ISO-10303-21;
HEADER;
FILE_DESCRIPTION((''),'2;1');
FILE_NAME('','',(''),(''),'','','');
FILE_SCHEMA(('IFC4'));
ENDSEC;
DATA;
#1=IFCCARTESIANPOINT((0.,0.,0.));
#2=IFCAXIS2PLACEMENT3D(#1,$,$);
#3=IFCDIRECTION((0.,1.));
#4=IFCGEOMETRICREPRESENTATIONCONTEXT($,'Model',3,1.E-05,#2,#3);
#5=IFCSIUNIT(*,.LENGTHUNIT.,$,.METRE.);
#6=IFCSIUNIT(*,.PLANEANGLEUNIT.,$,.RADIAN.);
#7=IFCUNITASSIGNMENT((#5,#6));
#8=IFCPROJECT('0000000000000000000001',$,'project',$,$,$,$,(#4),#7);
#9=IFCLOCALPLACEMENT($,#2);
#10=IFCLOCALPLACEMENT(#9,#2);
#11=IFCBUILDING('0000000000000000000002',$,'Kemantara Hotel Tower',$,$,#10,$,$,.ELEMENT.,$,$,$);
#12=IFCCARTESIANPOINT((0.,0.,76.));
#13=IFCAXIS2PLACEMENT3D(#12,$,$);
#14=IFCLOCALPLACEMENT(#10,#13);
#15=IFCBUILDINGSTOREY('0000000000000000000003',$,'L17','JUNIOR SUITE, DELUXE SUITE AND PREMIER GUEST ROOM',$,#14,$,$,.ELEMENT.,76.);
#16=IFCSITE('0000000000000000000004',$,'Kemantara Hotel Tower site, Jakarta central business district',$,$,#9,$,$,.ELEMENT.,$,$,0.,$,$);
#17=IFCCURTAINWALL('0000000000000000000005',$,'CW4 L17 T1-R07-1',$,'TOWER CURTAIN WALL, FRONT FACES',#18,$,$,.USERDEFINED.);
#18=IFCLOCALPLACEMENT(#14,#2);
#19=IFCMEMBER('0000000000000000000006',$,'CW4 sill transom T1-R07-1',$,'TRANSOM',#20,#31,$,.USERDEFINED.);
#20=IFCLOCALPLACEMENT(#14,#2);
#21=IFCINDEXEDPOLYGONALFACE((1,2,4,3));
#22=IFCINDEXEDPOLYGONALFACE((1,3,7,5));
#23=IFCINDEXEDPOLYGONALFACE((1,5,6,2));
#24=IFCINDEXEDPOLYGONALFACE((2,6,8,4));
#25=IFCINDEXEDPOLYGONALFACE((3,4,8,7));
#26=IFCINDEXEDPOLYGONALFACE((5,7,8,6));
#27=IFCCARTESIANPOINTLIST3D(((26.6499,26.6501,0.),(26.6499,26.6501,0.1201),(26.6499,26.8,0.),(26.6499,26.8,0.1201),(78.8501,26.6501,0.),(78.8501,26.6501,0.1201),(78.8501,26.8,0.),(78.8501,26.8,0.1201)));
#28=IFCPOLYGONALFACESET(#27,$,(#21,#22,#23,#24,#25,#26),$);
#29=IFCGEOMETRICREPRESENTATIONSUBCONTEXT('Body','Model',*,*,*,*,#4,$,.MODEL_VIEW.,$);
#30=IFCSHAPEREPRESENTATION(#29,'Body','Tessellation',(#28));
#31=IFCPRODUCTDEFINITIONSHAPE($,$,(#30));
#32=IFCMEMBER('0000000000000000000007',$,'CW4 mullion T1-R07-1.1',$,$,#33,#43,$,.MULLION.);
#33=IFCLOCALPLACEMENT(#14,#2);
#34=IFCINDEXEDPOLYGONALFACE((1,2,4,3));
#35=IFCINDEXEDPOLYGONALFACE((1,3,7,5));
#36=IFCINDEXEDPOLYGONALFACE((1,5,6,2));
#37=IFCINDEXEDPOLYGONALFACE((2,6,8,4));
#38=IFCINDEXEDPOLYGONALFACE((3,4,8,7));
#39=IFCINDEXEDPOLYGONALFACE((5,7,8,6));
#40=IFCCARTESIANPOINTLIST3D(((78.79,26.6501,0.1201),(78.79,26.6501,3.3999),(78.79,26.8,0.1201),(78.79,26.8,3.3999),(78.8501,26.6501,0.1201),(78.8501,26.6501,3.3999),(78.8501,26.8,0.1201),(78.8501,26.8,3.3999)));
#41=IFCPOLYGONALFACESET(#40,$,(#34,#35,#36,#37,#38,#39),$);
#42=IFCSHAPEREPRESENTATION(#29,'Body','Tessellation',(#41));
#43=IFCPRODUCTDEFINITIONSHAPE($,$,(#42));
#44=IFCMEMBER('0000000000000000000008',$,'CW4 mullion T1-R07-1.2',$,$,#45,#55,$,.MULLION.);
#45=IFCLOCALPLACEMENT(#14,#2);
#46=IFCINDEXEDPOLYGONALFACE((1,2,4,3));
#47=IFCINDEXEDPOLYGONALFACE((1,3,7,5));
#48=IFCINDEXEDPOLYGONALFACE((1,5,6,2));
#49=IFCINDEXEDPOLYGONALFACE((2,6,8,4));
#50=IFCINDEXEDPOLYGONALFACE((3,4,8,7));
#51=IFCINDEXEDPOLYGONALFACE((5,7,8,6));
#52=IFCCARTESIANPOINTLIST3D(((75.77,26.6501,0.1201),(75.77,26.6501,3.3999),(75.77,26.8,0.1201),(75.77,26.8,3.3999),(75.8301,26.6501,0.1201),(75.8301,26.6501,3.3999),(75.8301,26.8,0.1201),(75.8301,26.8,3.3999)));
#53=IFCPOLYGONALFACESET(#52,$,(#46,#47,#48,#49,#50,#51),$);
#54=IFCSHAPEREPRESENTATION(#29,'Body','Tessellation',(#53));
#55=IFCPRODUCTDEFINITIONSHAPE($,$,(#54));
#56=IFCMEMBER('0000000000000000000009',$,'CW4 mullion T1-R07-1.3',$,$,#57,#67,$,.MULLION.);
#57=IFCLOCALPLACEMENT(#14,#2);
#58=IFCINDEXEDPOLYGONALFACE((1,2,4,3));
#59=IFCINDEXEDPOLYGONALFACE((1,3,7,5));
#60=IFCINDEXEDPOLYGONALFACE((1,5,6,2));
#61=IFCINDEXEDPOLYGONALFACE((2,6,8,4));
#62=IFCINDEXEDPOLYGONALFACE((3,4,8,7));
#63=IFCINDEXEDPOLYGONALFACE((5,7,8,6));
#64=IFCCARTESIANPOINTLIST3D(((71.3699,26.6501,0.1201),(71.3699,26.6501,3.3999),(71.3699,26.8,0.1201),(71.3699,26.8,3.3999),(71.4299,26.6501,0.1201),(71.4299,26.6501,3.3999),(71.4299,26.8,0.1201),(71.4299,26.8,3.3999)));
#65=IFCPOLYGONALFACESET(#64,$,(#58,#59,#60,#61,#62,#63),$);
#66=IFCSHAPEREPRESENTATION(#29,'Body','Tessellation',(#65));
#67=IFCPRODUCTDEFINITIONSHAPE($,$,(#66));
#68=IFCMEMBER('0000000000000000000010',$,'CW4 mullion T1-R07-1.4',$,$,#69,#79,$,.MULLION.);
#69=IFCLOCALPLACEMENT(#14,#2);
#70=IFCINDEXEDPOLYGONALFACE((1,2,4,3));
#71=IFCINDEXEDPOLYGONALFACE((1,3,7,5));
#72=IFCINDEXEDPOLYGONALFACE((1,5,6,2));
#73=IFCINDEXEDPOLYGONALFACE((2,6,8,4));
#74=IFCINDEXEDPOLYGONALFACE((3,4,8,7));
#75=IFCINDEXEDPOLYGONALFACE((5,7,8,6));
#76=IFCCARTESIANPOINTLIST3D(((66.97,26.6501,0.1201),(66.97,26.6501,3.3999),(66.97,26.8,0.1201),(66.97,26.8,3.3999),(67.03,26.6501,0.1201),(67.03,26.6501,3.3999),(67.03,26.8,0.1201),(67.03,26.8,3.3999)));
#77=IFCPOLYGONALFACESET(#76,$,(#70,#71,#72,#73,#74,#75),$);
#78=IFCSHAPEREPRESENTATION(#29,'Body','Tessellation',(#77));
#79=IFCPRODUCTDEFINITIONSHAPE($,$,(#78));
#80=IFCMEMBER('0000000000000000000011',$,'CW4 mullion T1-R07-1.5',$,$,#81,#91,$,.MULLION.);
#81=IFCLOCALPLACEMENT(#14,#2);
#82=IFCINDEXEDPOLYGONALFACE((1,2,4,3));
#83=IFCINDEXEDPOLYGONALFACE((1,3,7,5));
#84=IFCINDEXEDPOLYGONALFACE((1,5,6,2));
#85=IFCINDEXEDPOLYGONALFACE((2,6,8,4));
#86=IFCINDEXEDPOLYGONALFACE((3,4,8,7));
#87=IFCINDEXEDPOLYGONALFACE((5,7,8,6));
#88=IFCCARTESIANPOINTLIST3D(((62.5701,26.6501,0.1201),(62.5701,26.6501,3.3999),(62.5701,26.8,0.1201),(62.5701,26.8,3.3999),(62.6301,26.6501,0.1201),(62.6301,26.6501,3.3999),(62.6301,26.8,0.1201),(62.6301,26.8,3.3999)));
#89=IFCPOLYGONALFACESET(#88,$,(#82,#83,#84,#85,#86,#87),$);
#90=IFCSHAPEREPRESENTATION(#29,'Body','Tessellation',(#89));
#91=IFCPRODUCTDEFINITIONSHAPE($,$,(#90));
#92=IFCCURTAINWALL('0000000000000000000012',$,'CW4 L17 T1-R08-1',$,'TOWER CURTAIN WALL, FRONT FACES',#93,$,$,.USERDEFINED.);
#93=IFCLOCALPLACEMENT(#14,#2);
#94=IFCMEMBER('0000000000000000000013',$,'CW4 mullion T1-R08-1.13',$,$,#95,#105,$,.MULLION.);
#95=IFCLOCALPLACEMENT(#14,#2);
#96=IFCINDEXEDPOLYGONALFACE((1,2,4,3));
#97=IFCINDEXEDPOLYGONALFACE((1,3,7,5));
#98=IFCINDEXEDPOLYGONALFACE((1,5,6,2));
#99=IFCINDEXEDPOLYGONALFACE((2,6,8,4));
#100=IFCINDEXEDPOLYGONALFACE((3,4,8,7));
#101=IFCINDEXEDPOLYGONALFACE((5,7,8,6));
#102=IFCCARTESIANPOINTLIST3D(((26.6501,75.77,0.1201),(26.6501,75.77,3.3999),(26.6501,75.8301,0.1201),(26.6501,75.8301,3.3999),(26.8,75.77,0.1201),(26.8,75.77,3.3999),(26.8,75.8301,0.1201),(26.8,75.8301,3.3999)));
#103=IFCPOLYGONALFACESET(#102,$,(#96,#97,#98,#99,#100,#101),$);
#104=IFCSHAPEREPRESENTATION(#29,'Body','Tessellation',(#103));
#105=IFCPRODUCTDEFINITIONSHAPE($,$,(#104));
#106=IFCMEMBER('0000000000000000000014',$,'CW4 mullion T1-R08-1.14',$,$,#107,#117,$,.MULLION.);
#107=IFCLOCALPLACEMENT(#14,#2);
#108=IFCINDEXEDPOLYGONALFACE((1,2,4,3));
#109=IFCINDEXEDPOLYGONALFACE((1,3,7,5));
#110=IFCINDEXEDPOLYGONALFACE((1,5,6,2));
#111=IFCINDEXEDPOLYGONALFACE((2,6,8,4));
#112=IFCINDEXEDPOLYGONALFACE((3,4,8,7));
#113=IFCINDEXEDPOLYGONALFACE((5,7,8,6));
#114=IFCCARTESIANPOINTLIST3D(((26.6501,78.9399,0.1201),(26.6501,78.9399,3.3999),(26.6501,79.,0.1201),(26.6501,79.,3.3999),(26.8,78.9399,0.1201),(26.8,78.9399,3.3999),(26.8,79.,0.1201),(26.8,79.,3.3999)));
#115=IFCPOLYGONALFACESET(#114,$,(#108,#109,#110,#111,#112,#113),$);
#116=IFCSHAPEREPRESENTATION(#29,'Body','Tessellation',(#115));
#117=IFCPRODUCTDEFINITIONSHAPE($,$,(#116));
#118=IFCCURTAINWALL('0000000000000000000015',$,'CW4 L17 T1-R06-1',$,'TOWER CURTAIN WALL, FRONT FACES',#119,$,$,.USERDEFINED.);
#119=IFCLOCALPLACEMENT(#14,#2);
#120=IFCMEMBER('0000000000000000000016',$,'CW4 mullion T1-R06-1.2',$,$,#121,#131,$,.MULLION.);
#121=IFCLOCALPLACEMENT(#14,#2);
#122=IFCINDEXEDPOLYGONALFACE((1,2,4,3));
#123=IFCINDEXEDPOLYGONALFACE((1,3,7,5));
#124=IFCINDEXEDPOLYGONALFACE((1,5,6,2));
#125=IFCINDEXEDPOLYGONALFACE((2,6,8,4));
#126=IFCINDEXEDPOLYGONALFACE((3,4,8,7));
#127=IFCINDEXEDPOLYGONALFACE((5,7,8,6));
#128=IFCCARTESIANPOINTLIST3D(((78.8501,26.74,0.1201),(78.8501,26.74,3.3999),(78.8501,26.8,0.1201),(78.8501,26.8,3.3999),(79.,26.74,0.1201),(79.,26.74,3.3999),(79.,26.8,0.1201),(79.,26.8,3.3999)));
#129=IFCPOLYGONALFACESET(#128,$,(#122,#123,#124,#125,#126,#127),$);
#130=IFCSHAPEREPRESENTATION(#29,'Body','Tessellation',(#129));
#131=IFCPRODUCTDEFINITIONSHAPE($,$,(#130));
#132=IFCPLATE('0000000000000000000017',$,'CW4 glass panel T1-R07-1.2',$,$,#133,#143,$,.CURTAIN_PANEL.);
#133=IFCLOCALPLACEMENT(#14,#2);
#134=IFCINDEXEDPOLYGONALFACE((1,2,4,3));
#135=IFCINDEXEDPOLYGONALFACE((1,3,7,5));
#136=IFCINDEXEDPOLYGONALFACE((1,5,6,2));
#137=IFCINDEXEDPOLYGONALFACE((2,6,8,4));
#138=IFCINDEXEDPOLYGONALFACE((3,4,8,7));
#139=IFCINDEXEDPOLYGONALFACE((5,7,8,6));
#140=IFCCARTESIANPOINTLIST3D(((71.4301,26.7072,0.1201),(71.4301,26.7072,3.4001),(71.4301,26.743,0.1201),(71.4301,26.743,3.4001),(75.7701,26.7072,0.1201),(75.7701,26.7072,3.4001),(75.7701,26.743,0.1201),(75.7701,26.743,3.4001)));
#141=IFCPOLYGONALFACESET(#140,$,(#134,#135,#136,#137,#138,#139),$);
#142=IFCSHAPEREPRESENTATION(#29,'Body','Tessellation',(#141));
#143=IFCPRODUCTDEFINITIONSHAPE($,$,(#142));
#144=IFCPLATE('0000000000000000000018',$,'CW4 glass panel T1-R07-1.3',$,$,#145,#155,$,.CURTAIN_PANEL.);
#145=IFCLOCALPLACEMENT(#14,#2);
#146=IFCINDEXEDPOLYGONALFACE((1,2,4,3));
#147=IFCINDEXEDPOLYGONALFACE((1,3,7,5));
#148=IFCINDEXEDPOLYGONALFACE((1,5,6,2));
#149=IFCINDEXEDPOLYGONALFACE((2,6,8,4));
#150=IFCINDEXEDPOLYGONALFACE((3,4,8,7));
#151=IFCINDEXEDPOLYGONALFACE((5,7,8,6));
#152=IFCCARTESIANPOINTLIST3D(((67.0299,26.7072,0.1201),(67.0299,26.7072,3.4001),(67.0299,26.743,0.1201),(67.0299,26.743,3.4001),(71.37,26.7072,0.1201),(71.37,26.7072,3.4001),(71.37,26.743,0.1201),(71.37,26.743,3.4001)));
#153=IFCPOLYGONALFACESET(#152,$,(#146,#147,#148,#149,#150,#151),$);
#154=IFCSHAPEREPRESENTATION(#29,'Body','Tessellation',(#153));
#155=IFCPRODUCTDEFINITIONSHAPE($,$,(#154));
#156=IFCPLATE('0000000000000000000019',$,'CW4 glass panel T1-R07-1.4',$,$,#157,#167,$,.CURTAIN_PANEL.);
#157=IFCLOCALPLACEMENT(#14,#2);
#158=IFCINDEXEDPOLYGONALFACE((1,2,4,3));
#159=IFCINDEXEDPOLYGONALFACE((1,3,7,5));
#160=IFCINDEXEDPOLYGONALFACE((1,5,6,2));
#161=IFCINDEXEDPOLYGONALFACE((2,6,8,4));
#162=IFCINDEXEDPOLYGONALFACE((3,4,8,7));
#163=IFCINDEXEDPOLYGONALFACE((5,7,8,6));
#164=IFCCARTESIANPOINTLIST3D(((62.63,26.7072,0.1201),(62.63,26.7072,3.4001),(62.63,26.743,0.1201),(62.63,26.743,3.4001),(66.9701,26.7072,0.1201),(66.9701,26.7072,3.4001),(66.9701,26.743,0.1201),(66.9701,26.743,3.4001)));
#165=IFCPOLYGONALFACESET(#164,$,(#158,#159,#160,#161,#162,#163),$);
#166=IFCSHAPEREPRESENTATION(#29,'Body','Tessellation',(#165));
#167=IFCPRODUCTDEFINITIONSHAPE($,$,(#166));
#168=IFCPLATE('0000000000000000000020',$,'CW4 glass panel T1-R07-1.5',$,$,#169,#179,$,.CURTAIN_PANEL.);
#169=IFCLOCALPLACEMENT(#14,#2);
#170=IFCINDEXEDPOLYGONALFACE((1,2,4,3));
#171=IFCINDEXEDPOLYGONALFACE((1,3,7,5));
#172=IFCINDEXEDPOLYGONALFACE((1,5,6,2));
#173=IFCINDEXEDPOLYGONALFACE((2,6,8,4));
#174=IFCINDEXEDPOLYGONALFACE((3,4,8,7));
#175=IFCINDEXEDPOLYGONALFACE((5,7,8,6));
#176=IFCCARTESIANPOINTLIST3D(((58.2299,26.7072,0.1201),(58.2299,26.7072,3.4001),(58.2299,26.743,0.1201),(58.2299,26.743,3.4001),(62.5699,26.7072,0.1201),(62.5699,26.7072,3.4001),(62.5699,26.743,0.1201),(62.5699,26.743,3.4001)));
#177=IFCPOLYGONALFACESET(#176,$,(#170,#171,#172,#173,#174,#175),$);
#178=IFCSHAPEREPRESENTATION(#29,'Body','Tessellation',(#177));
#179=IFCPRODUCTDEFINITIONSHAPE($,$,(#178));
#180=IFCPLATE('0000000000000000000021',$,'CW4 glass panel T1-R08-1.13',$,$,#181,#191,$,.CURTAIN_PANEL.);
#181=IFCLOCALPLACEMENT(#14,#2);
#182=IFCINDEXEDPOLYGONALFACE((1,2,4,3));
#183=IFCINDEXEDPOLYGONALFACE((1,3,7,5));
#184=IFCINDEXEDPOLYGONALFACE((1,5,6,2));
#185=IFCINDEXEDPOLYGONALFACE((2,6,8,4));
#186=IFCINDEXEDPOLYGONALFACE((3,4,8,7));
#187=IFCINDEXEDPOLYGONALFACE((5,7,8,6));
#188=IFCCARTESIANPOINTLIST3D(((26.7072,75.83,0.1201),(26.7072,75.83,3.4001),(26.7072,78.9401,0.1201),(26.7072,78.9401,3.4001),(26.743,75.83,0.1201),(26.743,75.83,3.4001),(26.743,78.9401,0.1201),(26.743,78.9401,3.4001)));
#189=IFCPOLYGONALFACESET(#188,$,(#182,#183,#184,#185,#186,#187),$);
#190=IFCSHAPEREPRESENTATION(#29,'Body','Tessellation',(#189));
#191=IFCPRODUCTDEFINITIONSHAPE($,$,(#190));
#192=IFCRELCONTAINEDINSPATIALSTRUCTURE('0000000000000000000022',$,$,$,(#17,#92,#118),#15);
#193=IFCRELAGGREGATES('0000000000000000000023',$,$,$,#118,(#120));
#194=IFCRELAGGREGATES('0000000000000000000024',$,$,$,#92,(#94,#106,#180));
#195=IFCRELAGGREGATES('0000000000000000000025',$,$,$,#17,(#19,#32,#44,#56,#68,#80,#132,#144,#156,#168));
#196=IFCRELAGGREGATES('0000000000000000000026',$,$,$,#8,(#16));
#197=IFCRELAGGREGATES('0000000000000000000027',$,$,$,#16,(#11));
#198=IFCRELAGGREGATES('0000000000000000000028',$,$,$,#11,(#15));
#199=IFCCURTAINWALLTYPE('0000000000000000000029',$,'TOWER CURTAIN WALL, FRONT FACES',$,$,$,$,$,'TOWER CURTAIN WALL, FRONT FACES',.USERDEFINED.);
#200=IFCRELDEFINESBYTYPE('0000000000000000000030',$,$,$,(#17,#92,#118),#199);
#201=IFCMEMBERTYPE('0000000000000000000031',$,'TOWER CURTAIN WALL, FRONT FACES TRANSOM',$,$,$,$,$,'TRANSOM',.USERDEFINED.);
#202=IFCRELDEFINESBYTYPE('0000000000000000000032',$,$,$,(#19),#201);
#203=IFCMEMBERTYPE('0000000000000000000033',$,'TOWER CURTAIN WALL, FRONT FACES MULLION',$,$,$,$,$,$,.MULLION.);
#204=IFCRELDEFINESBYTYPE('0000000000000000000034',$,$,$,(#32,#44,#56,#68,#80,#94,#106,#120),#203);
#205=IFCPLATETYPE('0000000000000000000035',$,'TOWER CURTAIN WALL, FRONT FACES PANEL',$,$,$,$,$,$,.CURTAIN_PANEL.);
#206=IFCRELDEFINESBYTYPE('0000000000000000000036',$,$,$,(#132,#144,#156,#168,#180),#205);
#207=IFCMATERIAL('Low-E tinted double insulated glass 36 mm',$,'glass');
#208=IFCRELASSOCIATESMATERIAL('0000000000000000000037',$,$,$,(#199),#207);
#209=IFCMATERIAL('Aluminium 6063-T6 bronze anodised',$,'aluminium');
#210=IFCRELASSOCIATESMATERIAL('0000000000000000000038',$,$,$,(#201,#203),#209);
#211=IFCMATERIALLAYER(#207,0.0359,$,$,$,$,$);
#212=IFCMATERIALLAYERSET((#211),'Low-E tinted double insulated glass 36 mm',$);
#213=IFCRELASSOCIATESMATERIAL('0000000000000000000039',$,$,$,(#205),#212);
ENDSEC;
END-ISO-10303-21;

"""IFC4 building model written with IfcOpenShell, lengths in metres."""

from ifc_helpers import new_model, si_unit, direction, frame, origin, origin_2d, place, context, subcontext, project, spatial, rectangle, extrude, source, transform, mapped, material, layer, layer_set, material_profile, profile_set, type_object, element, aggregate, save


model = new_model("IFC4")

# Units and contexts
model_context = context("Model", 3, precision=1e-05, world=origin(), true_north=direction((0.0, 1.0)))
body_context = subcontext(model_context, "Body", "Model", "MODEL_VIEW")
ifc_project = project(units=[si_unit("LENGTHUNIT", "METRE"), si_unit("PLANEANGLEUNIT", "RADIAN")], contexts=[model_context])

# Site, building, storey
site_placement = place(None, origin())
site = spatial("IfcSite", under=ifc_project, at=site_placement, Name="Kemantara Hotel Tower site, Jakarta central business district", CompositionType="ELEMENT", RefElevation=0.0)
building_placement = place(site_placement, origin())
building = spatial("IfcBuilding", under=site, at=building_placement, Name="Kemantara Hotel Tower", CompositionType="ELEMENT")
storey_placement = place(building_placement, frame((0.0, 0.0, 76.0)))
storey = spatial("IfcBuildingStorey", under=building, at=storey_placement, Name="L17", Description="JUNIOR SUITE, DELUXE SUITE AND PREMIER GUEST ROOM", CompositionType="ELEMENT", Elevation=76.0)

# Curtain walls, members
ifc_material_1 = material(Name="Low-E tinted double insulated glass 36 mm", Category="glass")
curtain_wall_type = type_object("IfcCurtainWallType", Name="TOWER CURTAIN WALL, FRONT FACES", ElementType="TOWER CURTAIN WALL, FRONT FACES", PredefinedType="USERDEFINED", material=ifc_material_1)
curtain_wall_1_placement = place(storey_placement, origin())
curtain_wall_1 = element("IfcCurtainWall", 1, at=curtain_wall_1_placement, inside=storey, type_object=curtain_wall_type, Name="CW4 L17 T1-R07-1", ObjectType="TOWER CURTAIN WALL, FRONT FACES", PredefinedType="USERDEFINED")
ifc_material_2 = material(Name="Aluminium 6063-T6 bronze anodised", Category="aluminium")
ifc_material_profile_1 = material_profile(ifc_material_2, rectangle(XDim=0.1499, YDim=0.1201, at=origin_2d()), Name="TOWER CURTAIN WALL, FRONT FACES TRANSOM")
ifc_profile_set_1 = profile_set([ifc_material_profile_1], Name="Aluminium 6063-T6 bronze anodised")
member_type_1 = type_object("IfcMemberType", Name="TOWER CURTAIN WALL, FRONT FACES TRANSOM", ElementType="TRANSOM", PredefinedType="USERDEFINED", material=ifc_profile_set_1)
member_1_placement = place(storey_placement, frame((78.8501, 26.7251, 0.0601), z_axis=(-1.0, 0.0, 0.0), x_axis=(0.0, -1.0, 0.0)))
member_1 = element("IfcMember", 2, at=member_1_placement, type_object=member_type_1, Name="CW4 sill transom T1-R07-1", ObjectType="TRANSOM", PredefinedType="USERDEFINED", context=body_context, shape_type="SweptSolid", body=[
    extrude(rectangle(XDim=0.1499, YDim=0.1201, at=origin_2d()), origin(), (0.0, 0.0, 1.0), 52.2002),
])
ifc_material_profile_2 = material_profile(ifc_material_2, rectangle(XDim=0.1499, YDim=0.0601, at=origin_2d()), Name="TOWER CURTAIN WALL, FRONT FACES MULLION")
ifc_profile_set_2 = profile_set([ifc_material_profile_2], Name="Aluminium 6063-T6 bronze anodised")
member_type_2 = type_object("IfcMemberType", Name="TOWER CURTAIN WALL, FRONT FACES MULLION", PredefinedType="MULLION", material=ifc_profile_set_2)
shared_shape_1 = source(origin(), body_context, "Body", "SweptSolid", [
    extrude(rectangle(XDim=0.1499, YDim=0.0601, at=origin_2d()), origin(), (0.0, 0.0, 1.0), 3.2798),
])
member_2_placement = place(storey_placement, frame((78.8201, 26.7251, 0.1201), z_axis=(0.0, 0.0, 1.0), x_axis=(0.0, -1.0, 0.0)))
member_2 = element("IfcMember", 3, at=member_2_placement, type_object=member_type_2, Name="CW4 mullion T1-R07-1.1", PredefinedType="MULLION", context=body_context, shape_type="MappedRepresentation", body=[
    mapped(shared_shape_1, transform((0.0, 0.0, 0.0))),
])
member_3_placement = place(storey_placement, frame((75.8, 26.7251, 0.1201), z_axis=(0.0, 0.0, 1.0), x_axis=(0.0, -1.0, 0.0)))
member_3 = element("IfcMember", 4, at=member_3_placement, type_object=member_type_2, Name="CW4 mullion T1-R07-1.2", PredefinedType="MULLION", context=body_context, shape_type="MappedRepresentation", body=[
    mapped(shared_shape_1, transform((0.0, 0.0, 0.0))),
])
member_4_placement = place(storey_placement, frame((71.3999, 26.7251, 0.1201), z_axis=(0.0, 0.0, 1.0), x_axis=(0.0, -1.0, 0.0)))
member_4 = element("IfcMember", 5, at=member_4_placement, type_object=member_type_2, Name="CW4 mullion T1-R07-1.3", PredefinedType="MULLION", context=body_context, shape_type="MappedRepresentation", body=[
    mapped(shared_shape_1, transform((0.0, 0.0, 0.0))),
])
member_5_placement = place(storey_placement, frame((67.0, 26.7251, 0.1201), z_axis=(0.0, 0.0, 1.0), x_axis=(0.0, -1.0, 0.0)))
member_5 = element("IfcMember", 6, at=member_5_placement, type_object=member_type_2, Name="CW4 mullion T1-R07-1.4", PredefinedType="MULLION", context=body_context, shape_type="MappedRepresentation", body=[
    mapped(shared_shape_1, transform((0.0, 0.0, 0.0))),
])
member_6_placement = place(storey_placement, frame((62.6001, 26.7251, 0.1201), z_axis=(0.0, 0.0, 1.0), x_axis=(0.0, -1.0, 0.0)))
member_6 = element("IfcMember", 7, at=member_6_placement, type_object=member_type_2, Name="CW4 mullion T1-R07-1.5", PredefinedType="MULLION", context=body_context, shape_type="MappedRepresentation", body=[
    mapped(shared_shape_1, transform((0.0, 0.0, 0.0))),
])
curtain_wall_2_placement = place(storey_placement, origin())
curtain_wall_2 = element("IfcCurtainWall", 8, at=curtain_wall_2_placement, inside=storey, type_object=curtain_wall_type, Name="CW4 L17 T1-R08-1", ObjectType="TOWER CURTAIN WALL, FRONT FACES", PredefinedType="USERDEFINED")
member_7_placement = place(storey_placement, frame((26.7251, 75.8, 0.1201), z_axis=(0.0, 0.0, 1.0), x_axis=(-1.0, 0.0, 0.0)))
member_7 = element("IfcMember", 9, at=member_7_placement, type_object=member_type_2, Name="CW4 mullion T1-R08-1.13", PredefinedType="MULLION", context=body_context, shape_type="MappedRepresentation", body=[
    mapped(shared_shape_1, transform((0.0, 0.0, 0.0))),
])
member_8_placement = place(storey_placement, frame((26.7251, 78.97, 0.1201), z_axis=(0.0, 0.0, 1.0), x_axis=(-1.0, 0.0, 0.0)))
member_8 = element("IfcMember", 10, at=member_8_placement, type_object=member_type_2, Name="CW4 mullion T1-R08-1.14", PredefinedType="MULLION", context=body_context, shape_type="MappedRepresentation", body=[
    mapped(shared_shape_1, transform((0.0, 0.0, 0.0))),
])

# Curtain wall, member
curtain_wall_3_placement = place(storey_placement, origin())
curtain_wall_3 = element("IfcCurtainWall", 11, at=curtain_wall_3_placement, inside=storey, type_object=curtain_wall_type, Name="CW4 L17 T1-R06-1", ObjectType="TOWER CURTAIN WALL, FRONT FACES", PredefinedType="USERDEFINED")
member_9_placement = place(storey_placement, frame((78.925, 26.77, 0.1201), z_axis=(0.0, 0.0, 1.0), x_axis=(-1.0, 0.0, 0.0)))
member_9 = element("IfcMember", 12, at=member_9_placement, type_object=member_type_2, Name="CW4 mullion T1-R06-1.2", PredefinedType="MULLION", context=body_context, shape_type="MappedRepresentation", body=[
    mapped(shared_shape_1, transform((0.0, 0.0, 0.0))),
])
aggregate(curtain_wall_3, [member_9])

# Plates
ifc_layer_1 = layer(ifc_material_1, 0.0359)
ifc_layer_set_1 = layer_set([ifc_layer_1], Name="Low-E tinted double insulated glass 36 mm")
plate_type = type_object("IfcPlateType", Name="TOWER CURTAIN WALL, FRONT FACES PANEL", PredefinedType="CURTAIN_PANEL", material=ifc_layer_set_1)
shared_shape_2 = source(origin(), body_context, "Body", "SweptSolid", [
    extrude(rectangle(XDim=4.3401, YDim=0.0359, at=origin_2d()), origin(), (0.0, 0.0, 1.0), 3.28),
])
plate_1_placement = place(storey_placement, frame((73.6001, 26.7251, 0.1201), z_axis=(0.0, 0.0, 1.0), x_axis=(-1.0, 0.0, 0.0)))
plate_1 = element("IfcPlate", 13, at=plate_1_placement, type_object=plate_type, Name="CW4 glass panel T1-R07-1.2", PredefinedType="CURTAIN_PANEL", context=body_context, shape_type="MappedRepresentation", body=[
    mapped(shared_shape_2, transform((0.0, 0.0, 0.0))),
])
plate_2_placement = place(storey_placement, frame((69.2, 26.7251, 0.1201), z_axis=(0.0, 0.0, 1.0), x_axis=(-1.0, 0.0, 0.0)))
plate_2 = element("IfcPlate", 14, at=plate_2_placement, type_object=plate_type, Name="CW4 glass panel T1-R07-1.3", PredefinedType="CURTAIN_PANEL", context=body_context, shape_type="MappedRepresentation", body=[
    mapped(shared_shape_2, transform((0.0, 0.0, 0.0))),
])
plate_3_placement = place(storey_placement, frame((64.8, 26.7251, 0.1201), z_axis=(0.0, 0.0, 1.0), x_axis=(-1.0, 0.0, 0.0)))
plate_3 = element("IfcPlate", 15, at=plate_3_placement, type_object=plate_type, Name="CW4 glass panel T1-R07-1.4", PredefinedType="CURTAIN_PANEL", context=body_context, shape_type="MappedRepresentation", body=[
    mapped(shared_shape_2, transform((0.0, 0.0, 0.0))),
])
plate_4_placement = place(storey_placement, frame((60.3999, 26.7251, 0.1201), z_axis=(0.0, 0.0, 1.0), x_axis=(-1.0, 0.0, 0.0)))
plate_4 = element("IfcPlate", 16, at=plate_4_placement, type_object=plate_type, Name="CW4 glass panel T1-R07-1.5", PredefinedType="CURTAIN_PANEL", context=body_context, shape_type="MappedRepresentation", body=[
    mapped(shared_shape_2, transform((0.0, 0.0, 0.0))),
])
shared_shape_3 = source(origin(), body_context, "Body", "SweptSolid", [
    extrude(rectangle(XDim=3.1101, YDim=0.0359, at=origin_2d()), origin(), (0.0, 0.0, 1.0), 3.28),
])
plate_5_placement = place(storey_placement, frame((26.7251, 77.385, 0.1201), z_axis=(0.0, 0.0, 1.0), x_axis=(0.0, 1.0, 0.0)))
plate_5 = element("IfcPlate", 17, at=plate_5_placement, type_object=plate_type, Name="CW4 glass panel T1-R08-1.13", PredefinedType="CURTAIN_PANEL", context=body_context, shape_type="MappedRepresentation", body=[
    mapped(shared_shape_3, transform((0.0, 0.0, 0.0))),
])
aggregate(curtain_wall_2, [member_7, member_8, plate_5])
aggregate(curtain_wall_1, [member_1, member_2, member_3, member_4, member_5, member_6, plate_1, plate_2, plate_3, plate_4])

save(model, "model.ifc")
